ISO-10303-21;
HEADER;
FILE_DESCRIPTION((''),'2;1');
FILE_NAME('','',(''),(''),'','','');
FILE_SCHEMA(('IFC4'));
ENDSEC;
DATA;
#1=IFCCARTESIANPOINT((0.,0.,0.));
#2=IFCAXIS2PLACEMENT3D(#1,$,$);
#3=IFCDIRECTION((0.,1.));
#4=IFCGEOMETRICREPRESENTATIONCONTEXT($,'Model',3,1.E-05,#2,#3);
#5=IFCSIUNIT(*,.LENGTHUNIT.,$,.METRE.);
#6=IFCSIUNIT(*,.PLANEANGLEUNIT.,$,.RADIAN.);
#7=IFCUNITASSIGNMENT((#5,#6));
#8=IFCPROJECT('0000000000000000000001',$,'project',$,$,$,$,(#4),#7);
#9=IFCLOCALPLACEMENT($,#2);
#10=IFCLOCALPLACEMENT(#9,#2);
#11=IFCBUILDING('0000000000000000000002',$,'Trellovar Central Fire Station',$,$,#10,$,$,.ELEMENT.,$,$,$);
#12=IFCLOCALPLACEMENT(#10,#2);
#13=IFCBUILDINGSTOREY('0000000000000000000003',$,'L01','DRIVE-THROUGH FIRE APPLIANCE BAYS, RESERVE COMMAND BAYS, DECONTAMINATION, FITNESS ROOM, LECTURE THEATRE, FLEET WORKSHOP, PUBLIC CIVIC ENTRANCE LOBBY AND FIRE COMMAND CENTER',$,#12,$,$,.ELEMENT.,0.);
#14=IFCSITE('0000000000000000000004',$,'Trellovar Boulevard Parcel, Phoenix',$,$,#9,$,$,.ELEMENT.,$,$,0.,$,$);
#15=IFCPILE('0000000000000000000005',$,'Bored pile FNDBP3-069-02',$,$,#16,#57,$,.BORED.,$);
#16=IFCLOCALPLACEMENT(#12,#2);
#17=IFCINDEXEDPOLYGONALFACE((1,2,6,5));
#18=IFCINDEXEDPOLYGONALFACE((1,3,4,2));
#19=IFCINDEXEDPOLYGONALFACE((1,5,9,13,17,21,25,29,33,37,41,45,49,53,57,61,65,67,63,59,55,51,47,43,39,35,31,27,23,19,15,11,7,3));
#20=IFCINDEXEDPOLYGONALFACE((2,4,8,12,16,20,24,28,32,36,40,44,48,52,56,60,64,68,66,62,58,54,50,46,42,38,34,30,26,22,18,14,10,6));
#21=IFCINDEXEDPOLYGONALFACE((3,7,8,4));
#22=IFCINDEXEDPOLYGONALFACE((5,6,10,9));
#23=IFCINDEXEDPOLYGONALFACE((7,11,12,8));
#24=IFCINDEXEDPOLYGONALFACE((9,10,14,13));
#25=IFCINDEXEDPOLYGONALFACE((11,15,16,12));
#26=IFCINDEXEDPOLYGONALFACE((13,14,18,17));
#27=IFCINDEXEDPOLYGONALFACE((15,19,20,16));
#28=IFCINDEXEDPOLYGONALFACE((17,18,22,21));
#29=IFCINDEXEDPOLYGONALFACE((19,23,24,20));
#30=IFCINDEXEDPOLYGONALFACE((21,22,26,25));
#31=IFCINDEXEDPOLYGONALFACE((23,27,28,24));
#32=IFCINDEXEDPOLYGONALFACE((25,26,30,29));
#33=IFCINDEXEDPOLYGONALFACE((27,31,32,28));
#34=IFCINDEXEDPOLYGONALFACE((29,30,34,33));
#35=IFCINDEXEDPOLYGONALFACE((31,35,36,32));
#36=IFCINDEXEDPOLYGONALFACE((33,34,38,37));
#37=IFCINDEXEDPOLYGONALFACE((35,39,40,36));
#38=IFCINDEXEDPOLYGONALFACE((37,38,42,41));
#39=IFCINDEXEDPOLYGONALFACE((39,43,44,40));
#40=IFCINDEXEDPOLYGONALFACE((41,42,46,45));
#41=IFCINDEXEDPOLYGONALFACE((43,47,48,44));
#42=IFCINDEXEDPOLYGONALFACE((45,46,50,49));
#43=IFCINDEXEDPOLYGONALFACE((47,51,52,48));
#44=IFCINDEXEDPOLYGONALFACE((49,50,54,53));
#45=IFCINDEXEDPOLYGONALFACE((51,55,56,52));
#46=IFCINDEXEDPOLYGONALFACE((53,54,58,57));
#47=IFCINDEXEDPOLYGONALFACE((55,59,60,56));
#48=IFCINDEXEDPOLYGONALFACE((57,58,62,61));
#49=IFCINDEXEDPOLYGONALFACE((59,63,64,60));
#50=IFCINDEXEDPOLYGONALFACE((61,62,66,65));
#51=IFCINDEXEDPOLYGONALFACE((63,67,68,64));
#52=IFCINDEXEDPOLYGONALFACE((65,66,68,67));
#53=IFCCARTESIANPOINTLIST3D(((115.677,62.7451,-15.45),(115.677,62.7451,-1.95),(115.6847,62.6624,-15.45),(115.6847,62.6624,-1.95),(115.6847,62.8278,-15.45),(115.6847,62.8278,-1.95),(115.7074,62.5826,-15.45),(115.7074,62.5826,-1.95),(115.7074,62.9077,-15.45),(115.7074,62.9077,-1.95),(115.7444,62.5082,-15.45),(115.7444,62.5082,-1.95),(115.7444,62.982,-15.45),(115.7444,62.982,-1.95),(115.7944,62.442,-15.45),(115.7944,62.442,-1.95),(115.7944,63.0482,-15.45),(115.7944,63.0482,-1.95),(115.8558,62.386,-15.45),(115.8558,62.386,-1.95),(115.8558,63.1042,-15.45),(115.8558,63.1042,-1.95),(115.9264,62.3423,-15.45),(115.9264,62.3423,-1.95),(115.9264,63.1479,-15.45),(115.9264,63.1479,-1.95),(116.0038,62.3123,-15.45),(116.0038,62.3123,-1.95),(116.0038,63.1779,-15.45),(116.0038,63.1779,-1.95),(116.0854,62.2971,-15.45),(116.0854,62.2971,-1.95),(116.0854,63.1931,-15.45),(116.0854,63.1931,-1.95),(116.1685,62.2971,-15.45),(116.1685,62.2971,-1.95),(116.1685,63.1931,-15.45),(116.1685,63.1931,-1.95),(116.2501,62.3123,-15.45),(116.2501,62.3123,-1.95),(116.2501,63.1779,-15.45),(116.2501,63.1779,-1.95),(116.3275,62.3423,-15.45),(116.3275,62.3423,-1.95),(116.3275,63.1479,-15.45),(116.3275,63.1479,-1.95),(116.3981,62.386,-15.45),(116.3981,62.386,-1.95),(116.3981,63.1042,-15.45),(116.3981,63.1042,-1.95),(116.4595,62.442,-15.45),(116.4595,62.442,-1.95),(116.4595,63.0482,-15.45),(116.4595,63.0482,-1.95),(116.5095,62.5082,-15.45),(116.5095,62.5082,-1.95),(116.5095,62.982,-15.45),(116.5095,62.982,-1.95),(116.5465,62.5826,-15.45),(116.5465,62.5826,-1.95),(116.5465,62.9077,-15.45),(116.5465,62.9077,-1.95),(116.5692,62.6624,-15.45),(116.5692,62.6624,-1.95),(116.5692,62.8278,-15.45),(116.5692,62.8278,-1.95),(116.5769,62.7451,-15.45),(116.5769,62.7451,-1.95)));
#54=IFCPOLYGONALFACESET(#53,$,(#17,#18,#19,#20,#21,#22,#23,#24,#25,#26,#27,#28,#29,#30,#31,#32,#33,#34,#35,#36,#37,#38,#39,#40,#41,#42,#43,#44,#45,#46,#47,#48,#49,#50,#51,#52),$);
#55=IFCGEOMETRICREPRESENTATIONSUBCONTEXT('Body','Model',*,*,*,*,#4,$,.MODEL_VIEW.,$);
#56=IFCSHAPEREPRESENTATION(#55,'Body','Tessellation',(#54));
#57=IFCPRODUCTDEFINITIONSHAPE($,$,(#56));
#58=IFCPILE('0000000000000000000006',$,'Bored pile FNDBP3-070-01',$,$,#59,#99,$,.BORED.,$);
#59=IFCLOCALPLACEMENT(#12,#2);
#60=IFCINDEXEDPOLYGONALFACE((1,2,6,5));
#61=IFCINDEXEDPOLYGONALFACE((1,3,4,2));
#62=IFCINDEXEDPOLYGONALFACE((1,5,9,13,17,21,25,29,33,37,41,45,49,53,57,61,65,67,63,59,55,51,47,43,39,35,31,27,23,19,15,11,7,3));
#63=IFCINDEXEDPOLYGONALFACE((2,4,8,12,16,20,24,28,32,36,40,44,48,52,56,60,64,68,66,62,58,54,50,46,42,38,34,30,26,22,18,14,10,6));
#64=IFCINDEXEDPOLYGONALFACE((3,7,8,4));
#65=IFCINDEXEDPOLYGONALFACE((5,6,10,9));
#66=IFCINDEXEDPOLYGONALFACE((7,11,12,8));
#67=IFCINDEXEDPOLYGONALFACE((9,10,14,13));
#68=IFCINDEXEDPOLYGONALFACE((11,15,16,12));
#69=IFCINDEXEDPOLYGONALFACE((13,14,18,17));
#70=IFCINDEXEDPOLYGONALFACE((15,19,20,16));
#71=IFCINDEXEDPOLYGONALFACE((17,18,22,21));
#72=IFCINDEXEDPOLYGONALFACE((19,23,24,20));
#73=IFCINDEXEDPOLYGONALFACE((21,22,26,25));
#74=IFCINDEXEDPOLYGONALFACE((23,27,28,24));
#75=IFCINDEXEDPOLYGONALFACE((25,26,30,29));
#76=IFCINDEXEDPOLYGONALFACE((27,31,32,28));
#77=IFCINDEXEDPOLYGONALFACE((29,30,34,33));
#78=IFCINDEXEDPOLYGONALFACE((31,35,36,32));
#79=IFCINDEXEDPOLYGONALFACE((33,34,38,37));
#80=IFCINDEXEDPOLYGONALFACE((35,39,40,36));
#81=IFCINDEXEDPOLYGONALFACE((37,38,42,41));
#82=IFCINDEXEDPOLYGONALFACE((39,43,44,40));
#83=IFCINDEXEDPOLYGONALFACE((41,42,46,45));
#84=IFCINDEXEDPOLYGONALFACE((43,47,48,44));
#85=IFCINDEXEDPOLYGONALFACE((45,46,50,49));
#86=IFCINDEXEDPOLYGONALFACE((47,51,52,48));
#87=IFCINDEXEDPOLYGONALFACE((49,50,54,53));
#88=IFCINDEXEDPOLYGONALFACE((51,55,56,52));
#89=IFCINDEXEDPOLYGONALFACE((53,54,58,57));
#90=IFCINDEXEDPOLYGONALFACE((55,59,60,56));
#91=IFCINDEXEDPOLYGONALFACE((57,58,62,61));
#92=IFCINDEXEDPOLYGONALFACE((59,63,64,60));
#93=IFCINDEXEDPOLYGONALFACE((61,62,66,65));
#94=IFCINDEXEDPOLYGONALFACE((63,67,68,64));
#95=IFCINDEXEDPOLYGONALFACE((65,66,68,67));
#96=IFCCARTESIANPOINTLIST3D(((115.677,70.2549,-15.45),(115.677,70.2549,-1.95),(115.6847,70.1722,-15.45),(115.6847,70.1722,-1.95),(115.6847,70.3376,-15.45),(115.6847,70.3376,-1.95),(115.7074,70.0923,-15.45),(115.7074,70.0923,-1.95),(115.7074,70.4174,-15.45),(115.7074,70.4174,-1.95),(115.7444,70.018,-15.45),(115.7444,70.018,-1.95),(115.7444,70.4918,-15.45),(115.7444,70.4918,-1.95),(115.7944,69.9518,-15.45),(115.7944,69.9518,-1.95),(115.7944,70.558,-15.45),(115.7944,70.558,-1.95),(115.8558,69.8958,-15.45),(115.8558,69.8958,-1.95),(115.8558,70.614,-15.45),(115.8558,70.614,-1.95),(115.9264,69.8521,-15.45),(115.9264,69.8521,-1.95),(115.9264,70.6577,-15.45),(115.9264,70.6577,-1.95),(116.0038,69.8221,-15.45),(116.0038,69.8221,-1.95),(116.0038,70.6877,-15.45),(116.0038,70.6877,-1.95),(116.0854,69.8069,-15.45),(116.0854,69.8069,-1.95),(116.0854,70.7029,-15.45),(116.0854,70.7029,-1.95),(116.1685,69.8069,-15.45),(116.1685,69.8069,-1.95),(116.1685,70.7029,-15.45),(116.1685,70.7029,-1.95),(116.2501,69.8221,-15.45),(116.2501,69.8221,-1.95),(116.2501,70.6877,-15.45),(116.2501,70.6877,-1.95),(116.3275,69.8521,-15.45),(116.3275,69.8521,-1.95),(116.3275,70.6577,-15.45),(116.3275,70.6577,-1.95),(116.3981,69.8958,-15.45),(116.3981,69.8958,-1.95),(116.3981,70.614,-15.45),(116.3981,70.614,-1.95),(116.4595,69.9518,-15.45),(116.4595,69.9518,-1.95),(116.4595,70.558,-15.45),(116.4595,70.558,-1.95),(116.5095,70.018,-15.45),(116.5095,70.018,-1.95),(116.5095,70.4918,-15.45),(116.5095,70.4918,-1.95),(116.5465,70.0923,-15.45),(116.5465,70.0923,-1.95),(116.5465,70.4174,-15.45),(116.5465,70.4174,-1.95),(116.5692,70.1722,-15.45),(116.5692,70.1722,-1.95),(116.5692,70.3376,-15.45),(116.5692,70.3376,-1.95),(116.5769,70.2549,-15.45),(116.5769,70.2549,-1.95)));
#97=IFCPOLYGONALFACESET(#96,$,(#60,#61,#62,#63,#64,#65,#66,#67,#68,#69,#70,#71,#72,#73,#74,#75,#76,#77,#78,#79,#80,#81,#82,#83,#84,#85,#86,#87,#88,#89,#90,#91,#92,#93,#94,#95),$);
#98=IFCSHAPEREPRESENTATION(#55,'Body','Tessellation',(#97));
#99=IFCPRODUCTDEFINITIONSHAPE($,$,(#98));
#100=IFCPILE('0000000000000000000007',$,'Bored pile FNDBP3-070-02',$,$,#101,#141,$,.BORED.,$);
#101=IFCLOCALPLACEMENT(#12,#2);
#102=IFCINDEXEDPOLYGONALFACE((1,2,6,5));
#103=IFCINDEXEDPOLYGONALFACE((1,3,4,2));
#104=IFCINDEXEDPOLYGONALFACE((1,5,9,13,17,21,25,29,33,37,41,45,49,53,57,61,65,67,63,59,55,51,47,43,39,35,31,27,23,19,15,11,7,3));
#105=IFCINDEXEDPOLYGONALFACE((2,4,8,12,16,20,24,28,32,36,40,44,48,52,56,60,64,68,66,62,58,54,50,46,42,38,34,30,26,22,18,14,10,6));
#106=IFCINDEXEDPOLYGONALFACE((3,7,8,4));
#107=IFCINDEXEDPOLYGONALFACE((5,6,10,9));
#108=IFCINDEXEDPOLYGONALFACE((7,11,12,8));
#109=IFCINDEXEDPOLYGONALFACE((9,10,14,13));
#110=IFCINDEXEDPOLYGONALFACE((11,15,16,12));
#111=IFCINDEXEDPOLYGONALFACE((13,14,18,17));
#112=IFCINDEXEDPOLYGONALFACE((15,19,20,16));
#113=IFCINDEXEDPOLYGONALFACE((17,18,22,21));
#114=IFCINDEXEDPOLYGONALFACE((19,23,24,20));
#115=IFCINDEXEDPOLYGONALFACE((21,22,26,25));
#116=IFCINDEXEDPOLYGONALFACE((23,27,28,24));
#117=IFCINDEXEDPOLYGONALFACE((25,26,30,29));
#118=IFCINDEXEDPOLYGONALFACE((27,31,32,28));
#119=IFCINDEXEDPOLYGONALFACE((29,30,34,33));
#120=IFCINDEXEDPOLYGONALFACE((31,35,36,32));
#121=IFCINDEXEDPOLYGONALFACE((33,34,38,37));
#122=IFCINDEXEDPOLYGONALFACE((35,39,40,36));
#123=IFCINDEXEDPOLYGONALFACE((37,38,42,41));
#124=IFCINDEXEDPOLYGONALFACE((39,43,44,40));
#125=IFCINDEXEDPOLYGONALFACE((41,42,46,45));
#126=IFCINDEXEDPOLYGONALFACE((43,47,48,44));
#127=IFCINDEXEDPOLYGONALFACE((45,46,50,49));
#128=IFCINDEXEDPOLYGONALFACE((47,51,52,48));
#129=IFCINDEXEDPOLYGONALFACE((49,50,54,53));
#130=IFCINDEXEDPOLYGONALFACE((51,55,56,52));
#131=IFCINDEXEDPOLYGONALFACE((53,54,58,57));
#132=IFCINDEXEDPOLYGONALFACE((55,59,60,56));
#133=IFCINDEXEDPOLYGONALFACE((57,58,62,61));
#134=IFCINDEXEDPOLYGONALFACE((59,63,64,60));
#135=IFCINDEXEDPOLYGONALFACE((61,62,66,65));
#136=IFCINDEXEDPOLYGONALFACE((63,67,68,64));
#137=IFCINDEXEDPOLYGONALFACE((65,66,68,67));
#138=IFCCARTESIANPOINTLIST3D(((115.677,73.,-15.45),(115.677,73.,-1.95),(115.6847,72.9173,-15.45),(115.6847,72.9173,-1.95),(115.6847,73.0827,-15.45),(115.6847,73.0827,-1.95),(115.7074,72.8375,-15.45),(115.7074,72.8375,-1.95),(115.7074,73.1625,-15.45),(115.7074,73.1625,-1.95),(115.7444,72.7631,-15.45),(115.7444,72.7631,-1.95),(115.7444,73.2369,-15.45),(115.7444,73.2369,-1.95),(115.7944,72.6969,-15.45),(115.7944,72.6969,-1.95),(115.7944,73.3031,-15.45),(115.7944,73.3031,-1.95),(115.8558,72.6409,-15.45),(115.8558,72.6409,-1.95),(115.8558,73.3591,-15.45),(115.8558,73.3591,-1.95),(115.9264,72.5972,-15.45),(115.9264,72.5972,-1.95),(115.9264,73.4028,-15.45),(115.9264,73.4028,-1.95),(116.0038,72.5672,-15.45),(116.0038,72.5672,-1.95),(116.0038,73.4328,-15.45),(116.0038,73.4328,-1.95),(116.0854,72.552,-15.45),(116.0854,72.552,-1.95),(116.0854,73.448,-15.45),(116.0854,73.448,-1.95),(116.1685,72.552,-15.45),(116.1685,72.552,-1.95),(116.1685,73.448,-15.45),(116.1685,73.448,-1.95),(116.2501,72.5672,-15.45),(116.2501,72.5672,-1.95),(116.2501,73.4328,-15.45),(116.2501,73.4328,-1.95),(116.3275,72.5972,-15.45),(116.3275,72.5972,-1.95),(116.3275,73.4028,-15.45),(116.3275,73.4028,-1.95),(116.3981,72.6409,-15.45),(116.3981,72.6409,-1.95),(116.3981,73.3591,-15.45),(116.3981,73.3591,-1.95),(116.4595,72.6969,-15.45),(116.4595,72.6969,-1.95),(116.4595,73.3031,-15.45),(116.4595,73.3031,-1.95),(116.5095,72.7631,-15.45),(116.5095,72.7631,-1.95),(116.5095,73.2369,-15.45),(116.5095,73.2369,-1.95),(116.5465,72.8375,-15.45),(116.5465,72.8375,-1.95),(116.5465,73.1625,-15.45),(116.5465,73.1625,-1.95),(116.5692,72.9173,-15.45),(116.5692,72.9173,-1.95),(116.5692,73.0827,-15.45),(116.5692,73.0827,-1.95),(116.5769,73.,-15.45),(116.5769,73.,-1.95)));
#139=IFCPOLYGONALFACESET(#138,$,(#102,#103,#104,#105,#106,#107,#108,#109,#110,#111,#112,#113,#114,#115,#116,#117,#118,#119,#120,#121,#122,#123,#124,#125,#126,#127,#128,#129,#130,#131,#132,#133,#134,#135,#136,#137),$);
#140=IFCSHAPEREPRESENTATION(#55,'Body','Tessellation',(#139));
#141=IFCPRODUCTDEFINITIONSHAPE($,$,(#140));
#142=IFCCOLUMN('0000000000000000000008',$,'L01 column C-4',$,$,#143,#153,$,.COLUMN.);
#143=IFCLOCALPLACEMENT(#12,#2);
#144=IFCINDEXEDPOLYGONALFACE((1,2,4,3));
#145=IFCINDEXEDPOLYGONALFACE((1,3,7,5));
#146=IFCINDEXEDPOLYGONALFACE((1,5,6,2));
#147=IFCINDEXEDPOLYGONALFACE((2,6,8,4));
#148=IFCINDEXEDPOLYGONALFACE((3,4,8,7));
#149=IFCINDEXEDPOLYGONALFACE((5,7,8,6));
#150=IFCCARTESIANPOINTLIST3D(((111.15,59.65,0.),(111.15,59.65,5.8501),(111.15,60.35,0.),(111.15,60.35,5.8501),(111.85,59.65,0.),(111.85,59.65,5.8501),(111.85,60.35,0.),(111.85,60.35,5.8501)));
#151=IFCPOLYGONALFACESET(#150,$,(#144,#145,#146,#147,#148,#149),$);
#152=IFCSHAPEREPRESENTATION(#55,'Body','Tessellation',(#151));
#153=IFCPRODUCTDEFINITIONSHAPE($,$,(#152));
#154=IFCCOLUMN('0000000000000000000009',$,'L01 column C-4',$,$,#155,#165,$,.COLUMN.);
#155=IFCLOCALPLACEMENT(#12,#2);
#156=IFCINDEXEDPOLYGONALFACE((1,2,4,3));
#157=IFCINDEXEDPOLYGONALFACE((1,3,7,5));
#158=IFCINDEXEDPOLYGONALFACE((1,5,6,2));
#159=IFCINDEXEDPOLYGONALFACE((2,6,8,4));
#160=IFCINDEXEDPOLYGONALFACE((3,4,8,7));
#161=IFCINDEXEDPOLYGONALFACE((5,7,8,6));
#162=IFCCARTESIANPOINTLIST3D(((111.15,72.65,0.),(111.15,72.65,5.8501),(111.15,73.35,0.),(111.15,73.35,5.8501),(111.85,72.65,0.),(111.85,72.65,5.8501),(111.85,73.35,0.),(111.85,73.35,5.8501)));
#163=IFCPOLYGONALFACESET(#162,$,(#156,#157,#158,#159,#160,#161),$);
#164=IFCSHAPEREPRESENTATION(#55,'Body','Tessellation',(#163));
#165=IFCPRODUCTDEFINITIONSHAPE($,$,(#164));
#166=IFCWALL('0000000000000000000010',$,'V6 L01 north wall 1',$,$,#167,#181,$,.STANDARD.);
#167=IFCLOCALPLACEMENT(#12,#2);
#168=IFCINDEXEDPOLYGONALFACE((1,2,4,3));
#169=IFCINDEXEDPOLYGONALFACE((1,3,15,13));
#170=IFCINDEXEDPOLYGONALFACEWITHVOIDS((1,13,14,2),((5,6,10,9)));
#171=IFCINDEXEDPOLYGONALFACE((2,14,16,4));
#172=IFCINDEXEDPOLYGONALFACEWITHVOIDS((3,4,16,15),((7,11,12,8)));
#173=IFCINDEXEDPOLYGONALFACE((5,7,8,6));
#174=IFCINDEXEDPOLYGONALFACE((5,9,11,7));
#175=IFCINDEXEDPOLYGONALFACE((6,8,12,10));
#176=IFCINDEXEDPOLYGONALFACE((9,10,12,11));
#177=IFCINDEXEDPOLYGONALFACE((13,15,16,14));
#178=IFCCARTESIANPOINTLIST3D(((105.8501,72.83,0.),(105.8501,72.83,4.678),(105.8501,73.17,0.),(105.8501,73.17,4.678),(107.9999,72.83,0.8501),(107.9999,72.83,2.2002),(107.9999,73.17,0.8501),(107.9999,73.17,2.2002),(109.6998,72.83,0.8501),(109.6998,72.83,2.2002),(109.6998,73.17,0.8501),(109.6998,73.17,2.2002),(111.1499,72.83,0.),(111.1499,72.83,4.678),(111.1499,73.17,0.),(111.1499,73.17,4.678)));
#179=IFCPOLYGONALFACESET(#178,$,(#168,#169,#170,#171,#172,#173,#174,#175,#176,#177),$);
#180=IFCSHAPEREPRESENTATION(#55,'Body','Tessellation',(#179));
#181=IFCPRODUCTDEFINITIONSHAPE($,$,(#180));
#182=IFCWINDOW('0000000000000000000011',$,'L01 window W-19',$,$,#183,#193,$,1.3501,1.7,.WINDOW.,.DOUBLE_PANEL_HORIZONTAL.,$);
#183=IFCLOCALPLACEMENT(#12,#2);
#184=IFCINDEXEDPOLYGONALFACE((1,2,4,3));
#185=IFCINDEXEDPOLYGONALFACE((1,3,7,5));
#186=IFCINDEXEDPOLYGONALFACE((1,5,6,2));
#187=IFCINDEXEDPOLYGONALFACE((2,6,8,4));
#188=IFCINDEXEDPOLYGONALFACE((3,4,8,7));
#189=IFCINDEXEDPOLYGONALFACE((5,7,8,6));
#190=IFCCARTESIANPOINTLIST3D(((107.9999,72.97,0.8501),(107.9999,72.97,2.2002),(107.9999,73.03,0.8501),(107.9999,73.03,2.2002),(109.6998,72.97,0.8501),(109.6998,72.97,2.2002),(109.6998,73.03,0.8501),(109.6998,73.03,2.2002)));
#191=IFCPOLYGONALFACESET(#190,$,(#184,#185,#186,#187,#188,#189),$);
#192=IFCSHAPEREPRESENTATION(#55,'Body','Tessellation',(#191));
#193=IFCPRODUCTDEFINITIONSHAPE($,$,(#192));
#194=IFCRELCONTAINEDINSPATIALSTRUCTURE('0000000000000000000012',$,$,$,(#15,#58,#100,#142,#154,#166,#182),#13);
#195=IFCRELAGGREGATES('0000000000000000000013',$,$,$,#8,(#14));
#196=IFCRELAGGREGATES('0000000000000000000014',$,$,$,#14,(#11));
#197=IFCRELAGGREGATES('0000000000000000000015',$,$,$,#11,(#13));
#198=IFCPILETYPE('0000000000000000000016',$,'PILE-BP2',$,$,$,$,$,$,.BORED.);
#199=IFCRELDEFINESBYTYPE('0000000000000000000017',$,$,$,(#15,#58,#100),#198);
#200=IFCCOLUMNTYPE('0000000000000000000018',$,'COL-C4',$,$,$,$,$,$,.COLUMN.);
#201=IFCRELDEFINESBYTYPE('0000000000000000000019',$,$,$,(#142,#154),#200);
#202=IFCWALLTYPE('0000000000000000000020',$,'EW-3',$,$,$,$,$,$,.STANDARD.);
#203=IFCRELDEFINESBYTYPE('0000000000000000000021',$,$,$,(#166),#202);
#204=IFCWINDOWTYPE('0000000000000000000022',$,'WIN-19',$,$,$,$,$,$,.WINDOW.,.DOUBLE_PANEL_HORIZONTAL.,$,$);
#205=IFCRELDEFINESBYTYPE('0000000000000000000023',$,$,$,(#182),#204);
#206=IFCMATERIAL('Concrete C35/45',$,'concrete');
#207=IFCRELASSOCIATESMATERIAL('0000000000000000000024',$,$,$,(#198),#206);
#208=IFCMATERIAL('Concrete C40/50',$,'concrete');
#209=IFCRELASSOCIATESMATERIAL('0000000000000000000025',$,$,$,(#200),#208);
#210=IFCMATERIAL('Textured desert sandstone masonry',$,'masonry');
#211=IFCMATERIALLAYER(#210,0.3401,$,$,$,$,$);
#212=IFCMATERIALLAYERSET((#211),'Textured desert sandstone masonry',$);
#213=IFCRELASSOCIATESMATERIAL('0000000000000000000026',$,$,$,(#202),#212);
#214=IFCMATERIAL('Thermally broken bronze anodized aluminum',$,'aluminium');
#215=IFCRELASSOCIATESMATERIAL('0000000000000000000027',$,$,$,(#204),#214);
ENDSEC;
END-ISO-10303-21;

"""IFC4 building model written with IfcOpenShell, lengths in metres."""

from ifc_helpers import new_model, si_unit, direction, frame, frame_2d, origin, origin_2d, place, context, subcontext, project, spatial, rectangle, circle, extrude, material, layer, layer_set, material_profile, profile_set, type_object, element, fill, save


model = new_model("IFC4")

# Units and contexts
model_context = context("Model", 3, precision=1e-05, world=origin(), true_north=direction((0.0, 1.0)))
body_context = subcontext(model_context, "Body", "Model", "MODEL_VIEW")
ifc_project = project(units=[si_unit("LENGTHUNIT", "METRE"), si_unit("PLANEANGLEUNIT", "RADIAN")], contexts=[model_context])

# Site, building, storey
site_placement = place(None, origin())
site = spatial("IfcSite", under=ifc_project, at=site_placement, Name="Trellovar Boulevard Parcel, Phoenix", CompositionType="ELEMENT", RefElevation=0.0)
building_placement = place(site_placement, origin())
building = spatial("IfcBuilding", under=site, at=building_placement, Name="Trellovar Central Fire Station", CompositionType="ELEMENT")
storey_placement = place(building_placement, origin())
storey = spatial("IfcBuildingStorey", under=building, at=storey_placement, Name="L01", Description="DRIVE-THROUGH FIRE APPLIANCE BAYS, RESERVE COMMAND BAYS, DECONTAMINATION, FITNESS ROOM, LECTURE THEATRE, FLEET WORKSHOP, PUBLIC CIVIC ENTRANCE LOBBY AND FIRE COMMAND CENTER", CompositionType="ELEMENT", Elevation=0.0)

# Piles
ifc_material_1 = material(Name="Concrete C35/45", Category="concrete")
ifc_material_profile_1 = material_profile(ifc_material_1, circle(Radius=0.45, at=origin_2d()), Name="PILE900")
ifc_profile_set_1 = profile_set([ifc_material_profile_1], Name="Concrete C35/45")
pile_type_1 = type_object("IfcPileType", Name="PILE-BP2", PredefinedType="BORED", material=ifc_profile_set_1)
for number, where, z_axis, x_axis, name in (
    (1, (116.127, 62.7451, -1.95), (0.0, 0.0, -1.0), (1.0, 0.0, 0.0), "Bored pile FNDBP3-069-02"),
    (2, (116.127, 70.2549, -1.95), (0.0, 0.0, -1.0), (1.0, 0.0, 0.0), "Bored pile FNDBP3-070-01"),
    (3, (116.127, 73.0, -1.95), (0.0, 0.0, -1.0), (1.0, 0.0, 0.0), "Bored pile FNDBP3-070-02"),
):
    element("IfcPile", number, at=place(storey_placement, frame(where, z_axis=z_axis, x_axis=x_axis)), inside=storey, type_object=pile_type_1, Name=name, PredefinedType="BORED", context=body_context, shape_type="SweptSolid", body=[
        extrude(circle(Radius=0.45, at=origin_2d()), origin(), (0.0, 0.0, 1.0), 13.5),
    ])

# Columns
ifc_material_2 = material(Name="Concrete C40/50", Category="concrete")
ifc_material_profile_2 = material_profile(ifc_material_2, rectangle(XDim=0.7, YDim=0.7, at=origin_2d()), Name="RC700X700")
ifc_profile_set_2 = profile_set([ifc_material_profile_2], Name="Concrete C40/50")
column_type = type_object("IfcColumnType", Name="COL-C4", PredefinedType="COLUMN", material=ifc_profile_set_2)
for number, where, z_axis, x_axis, name in (
    (4, (111.5, 60.0, 0.0), (0.0, 0.0, 1.0), (1.0, 0.0, 0.0), "L01 column C-4"),
    (5, (111.5, 73.0, 0.0), (0.0, 0.0, 1.0), (1.0, 0.0, 0.0), "L01 column C-4"),
):
    element("IfcColumn", number, at=place(storey_placement, frame(where, z_axis=z_axis, x_axis=x_axis)), inside=storey, type_object=column_type, Name=name, PredefinedType="COLUMN", context=body_context, shape_type="SweptSolid", body=[
        extrude(rectangle(XDim=0.7, YDim=0.7, at=origin_2d()), origin(), (0.0, 0.0, 1.0), 5.8501),
    ])

# Wall, opening, window
ifc_material_3 = material(Name="Textured desert sandstone masonry", Category="masonry")
ifc_layer_1 = layer(ifc_material_3, 0.3401)
ifc_layer_set_1 = layer_set([ifc_layer_1], Name="Textured desert sandstone masonry")
wall_type_1 = type_object("IfcWallType", Name="EW-3", PredefinedType="STANDARD", material=ifc_layer_set_1)
wall_1_placement = place(storey_placement, frame((111.1499, 73.0, 0.0), z_axis=(0.0, 0.0, 1.0), x_axis=(-1.0, 0.0, 0.0)))
wall_1 = element("IfcWall", 6, at=wall_1_placement, inside=storey, type_object=wall_type_1, Name="V6 L01 north wall 1", PredefinedType="STANDARD", context=body_context, shape_type="SweptSolid", body=[
    extrude(rectangle(XDim=5.2998, YDim=0.3401, at=frame_2d((2.6499, 0.0))), origin(), (0.0, 0.0, 1.0), 4.678),
])
opening_1_placement = place(wall_1_placement, frame((1.45, 0.0, 0.8501)))
opening_1 = element("IfcOpeningElement", 7, at=opening_1_placement, cuts=wall_1, PredefinedType="OPENING", context=body_context, shape_type="SweptSolid", body=[
    extrude(rectangle(XDim=1.7, YDim=1.3501, at=frame_2d((0.8501, 0.675))), frame((0.0, 0.1799, 0.0), z_axis=(0.0, -1.0, 0.0), x_axis=(1.0, 0.0, 0.0)), (0.0, 0.0, 1.0), 0.3601),
])
ifc_material_4 = material(Name="Thermally broken bronze anodized aluminum", Category="aluminium")
window_type = type_object("IfcWindowType", Name="WIN-19", PartitioningType="DOUBLE_PANEL_HORIZONTAL", PredefinedType="WINDOW", material=ifc_material_4)
window_placement = place(opening_1_placement, origin())
window = element("IfcWindow", 8, at=window_placement, inside=storey, type_object=window_type, Name="L01 window W-19", OverallHeight=1.3501, OverallWidth=1.7, PartitioningType="DOUBLE_PANEL_HORIZONTAL", PredefinedType="WINDOW", context=body_context, shape_type="SweptSolid", body=[
    extrude(rectangle(XDim=1.7, YDim=1.3501, at=frame_2d((0.8501, 0.675))), frame((0.0, 0.03, 0.0), z_axis=(0.0, -1.0, 0.0), x_axis=(1.0, 0.0, 0.0)), (0.0, 0.0, 1.0), 0.0601),
])
fill(opening_1, window)

save(model, "model.ifc")
